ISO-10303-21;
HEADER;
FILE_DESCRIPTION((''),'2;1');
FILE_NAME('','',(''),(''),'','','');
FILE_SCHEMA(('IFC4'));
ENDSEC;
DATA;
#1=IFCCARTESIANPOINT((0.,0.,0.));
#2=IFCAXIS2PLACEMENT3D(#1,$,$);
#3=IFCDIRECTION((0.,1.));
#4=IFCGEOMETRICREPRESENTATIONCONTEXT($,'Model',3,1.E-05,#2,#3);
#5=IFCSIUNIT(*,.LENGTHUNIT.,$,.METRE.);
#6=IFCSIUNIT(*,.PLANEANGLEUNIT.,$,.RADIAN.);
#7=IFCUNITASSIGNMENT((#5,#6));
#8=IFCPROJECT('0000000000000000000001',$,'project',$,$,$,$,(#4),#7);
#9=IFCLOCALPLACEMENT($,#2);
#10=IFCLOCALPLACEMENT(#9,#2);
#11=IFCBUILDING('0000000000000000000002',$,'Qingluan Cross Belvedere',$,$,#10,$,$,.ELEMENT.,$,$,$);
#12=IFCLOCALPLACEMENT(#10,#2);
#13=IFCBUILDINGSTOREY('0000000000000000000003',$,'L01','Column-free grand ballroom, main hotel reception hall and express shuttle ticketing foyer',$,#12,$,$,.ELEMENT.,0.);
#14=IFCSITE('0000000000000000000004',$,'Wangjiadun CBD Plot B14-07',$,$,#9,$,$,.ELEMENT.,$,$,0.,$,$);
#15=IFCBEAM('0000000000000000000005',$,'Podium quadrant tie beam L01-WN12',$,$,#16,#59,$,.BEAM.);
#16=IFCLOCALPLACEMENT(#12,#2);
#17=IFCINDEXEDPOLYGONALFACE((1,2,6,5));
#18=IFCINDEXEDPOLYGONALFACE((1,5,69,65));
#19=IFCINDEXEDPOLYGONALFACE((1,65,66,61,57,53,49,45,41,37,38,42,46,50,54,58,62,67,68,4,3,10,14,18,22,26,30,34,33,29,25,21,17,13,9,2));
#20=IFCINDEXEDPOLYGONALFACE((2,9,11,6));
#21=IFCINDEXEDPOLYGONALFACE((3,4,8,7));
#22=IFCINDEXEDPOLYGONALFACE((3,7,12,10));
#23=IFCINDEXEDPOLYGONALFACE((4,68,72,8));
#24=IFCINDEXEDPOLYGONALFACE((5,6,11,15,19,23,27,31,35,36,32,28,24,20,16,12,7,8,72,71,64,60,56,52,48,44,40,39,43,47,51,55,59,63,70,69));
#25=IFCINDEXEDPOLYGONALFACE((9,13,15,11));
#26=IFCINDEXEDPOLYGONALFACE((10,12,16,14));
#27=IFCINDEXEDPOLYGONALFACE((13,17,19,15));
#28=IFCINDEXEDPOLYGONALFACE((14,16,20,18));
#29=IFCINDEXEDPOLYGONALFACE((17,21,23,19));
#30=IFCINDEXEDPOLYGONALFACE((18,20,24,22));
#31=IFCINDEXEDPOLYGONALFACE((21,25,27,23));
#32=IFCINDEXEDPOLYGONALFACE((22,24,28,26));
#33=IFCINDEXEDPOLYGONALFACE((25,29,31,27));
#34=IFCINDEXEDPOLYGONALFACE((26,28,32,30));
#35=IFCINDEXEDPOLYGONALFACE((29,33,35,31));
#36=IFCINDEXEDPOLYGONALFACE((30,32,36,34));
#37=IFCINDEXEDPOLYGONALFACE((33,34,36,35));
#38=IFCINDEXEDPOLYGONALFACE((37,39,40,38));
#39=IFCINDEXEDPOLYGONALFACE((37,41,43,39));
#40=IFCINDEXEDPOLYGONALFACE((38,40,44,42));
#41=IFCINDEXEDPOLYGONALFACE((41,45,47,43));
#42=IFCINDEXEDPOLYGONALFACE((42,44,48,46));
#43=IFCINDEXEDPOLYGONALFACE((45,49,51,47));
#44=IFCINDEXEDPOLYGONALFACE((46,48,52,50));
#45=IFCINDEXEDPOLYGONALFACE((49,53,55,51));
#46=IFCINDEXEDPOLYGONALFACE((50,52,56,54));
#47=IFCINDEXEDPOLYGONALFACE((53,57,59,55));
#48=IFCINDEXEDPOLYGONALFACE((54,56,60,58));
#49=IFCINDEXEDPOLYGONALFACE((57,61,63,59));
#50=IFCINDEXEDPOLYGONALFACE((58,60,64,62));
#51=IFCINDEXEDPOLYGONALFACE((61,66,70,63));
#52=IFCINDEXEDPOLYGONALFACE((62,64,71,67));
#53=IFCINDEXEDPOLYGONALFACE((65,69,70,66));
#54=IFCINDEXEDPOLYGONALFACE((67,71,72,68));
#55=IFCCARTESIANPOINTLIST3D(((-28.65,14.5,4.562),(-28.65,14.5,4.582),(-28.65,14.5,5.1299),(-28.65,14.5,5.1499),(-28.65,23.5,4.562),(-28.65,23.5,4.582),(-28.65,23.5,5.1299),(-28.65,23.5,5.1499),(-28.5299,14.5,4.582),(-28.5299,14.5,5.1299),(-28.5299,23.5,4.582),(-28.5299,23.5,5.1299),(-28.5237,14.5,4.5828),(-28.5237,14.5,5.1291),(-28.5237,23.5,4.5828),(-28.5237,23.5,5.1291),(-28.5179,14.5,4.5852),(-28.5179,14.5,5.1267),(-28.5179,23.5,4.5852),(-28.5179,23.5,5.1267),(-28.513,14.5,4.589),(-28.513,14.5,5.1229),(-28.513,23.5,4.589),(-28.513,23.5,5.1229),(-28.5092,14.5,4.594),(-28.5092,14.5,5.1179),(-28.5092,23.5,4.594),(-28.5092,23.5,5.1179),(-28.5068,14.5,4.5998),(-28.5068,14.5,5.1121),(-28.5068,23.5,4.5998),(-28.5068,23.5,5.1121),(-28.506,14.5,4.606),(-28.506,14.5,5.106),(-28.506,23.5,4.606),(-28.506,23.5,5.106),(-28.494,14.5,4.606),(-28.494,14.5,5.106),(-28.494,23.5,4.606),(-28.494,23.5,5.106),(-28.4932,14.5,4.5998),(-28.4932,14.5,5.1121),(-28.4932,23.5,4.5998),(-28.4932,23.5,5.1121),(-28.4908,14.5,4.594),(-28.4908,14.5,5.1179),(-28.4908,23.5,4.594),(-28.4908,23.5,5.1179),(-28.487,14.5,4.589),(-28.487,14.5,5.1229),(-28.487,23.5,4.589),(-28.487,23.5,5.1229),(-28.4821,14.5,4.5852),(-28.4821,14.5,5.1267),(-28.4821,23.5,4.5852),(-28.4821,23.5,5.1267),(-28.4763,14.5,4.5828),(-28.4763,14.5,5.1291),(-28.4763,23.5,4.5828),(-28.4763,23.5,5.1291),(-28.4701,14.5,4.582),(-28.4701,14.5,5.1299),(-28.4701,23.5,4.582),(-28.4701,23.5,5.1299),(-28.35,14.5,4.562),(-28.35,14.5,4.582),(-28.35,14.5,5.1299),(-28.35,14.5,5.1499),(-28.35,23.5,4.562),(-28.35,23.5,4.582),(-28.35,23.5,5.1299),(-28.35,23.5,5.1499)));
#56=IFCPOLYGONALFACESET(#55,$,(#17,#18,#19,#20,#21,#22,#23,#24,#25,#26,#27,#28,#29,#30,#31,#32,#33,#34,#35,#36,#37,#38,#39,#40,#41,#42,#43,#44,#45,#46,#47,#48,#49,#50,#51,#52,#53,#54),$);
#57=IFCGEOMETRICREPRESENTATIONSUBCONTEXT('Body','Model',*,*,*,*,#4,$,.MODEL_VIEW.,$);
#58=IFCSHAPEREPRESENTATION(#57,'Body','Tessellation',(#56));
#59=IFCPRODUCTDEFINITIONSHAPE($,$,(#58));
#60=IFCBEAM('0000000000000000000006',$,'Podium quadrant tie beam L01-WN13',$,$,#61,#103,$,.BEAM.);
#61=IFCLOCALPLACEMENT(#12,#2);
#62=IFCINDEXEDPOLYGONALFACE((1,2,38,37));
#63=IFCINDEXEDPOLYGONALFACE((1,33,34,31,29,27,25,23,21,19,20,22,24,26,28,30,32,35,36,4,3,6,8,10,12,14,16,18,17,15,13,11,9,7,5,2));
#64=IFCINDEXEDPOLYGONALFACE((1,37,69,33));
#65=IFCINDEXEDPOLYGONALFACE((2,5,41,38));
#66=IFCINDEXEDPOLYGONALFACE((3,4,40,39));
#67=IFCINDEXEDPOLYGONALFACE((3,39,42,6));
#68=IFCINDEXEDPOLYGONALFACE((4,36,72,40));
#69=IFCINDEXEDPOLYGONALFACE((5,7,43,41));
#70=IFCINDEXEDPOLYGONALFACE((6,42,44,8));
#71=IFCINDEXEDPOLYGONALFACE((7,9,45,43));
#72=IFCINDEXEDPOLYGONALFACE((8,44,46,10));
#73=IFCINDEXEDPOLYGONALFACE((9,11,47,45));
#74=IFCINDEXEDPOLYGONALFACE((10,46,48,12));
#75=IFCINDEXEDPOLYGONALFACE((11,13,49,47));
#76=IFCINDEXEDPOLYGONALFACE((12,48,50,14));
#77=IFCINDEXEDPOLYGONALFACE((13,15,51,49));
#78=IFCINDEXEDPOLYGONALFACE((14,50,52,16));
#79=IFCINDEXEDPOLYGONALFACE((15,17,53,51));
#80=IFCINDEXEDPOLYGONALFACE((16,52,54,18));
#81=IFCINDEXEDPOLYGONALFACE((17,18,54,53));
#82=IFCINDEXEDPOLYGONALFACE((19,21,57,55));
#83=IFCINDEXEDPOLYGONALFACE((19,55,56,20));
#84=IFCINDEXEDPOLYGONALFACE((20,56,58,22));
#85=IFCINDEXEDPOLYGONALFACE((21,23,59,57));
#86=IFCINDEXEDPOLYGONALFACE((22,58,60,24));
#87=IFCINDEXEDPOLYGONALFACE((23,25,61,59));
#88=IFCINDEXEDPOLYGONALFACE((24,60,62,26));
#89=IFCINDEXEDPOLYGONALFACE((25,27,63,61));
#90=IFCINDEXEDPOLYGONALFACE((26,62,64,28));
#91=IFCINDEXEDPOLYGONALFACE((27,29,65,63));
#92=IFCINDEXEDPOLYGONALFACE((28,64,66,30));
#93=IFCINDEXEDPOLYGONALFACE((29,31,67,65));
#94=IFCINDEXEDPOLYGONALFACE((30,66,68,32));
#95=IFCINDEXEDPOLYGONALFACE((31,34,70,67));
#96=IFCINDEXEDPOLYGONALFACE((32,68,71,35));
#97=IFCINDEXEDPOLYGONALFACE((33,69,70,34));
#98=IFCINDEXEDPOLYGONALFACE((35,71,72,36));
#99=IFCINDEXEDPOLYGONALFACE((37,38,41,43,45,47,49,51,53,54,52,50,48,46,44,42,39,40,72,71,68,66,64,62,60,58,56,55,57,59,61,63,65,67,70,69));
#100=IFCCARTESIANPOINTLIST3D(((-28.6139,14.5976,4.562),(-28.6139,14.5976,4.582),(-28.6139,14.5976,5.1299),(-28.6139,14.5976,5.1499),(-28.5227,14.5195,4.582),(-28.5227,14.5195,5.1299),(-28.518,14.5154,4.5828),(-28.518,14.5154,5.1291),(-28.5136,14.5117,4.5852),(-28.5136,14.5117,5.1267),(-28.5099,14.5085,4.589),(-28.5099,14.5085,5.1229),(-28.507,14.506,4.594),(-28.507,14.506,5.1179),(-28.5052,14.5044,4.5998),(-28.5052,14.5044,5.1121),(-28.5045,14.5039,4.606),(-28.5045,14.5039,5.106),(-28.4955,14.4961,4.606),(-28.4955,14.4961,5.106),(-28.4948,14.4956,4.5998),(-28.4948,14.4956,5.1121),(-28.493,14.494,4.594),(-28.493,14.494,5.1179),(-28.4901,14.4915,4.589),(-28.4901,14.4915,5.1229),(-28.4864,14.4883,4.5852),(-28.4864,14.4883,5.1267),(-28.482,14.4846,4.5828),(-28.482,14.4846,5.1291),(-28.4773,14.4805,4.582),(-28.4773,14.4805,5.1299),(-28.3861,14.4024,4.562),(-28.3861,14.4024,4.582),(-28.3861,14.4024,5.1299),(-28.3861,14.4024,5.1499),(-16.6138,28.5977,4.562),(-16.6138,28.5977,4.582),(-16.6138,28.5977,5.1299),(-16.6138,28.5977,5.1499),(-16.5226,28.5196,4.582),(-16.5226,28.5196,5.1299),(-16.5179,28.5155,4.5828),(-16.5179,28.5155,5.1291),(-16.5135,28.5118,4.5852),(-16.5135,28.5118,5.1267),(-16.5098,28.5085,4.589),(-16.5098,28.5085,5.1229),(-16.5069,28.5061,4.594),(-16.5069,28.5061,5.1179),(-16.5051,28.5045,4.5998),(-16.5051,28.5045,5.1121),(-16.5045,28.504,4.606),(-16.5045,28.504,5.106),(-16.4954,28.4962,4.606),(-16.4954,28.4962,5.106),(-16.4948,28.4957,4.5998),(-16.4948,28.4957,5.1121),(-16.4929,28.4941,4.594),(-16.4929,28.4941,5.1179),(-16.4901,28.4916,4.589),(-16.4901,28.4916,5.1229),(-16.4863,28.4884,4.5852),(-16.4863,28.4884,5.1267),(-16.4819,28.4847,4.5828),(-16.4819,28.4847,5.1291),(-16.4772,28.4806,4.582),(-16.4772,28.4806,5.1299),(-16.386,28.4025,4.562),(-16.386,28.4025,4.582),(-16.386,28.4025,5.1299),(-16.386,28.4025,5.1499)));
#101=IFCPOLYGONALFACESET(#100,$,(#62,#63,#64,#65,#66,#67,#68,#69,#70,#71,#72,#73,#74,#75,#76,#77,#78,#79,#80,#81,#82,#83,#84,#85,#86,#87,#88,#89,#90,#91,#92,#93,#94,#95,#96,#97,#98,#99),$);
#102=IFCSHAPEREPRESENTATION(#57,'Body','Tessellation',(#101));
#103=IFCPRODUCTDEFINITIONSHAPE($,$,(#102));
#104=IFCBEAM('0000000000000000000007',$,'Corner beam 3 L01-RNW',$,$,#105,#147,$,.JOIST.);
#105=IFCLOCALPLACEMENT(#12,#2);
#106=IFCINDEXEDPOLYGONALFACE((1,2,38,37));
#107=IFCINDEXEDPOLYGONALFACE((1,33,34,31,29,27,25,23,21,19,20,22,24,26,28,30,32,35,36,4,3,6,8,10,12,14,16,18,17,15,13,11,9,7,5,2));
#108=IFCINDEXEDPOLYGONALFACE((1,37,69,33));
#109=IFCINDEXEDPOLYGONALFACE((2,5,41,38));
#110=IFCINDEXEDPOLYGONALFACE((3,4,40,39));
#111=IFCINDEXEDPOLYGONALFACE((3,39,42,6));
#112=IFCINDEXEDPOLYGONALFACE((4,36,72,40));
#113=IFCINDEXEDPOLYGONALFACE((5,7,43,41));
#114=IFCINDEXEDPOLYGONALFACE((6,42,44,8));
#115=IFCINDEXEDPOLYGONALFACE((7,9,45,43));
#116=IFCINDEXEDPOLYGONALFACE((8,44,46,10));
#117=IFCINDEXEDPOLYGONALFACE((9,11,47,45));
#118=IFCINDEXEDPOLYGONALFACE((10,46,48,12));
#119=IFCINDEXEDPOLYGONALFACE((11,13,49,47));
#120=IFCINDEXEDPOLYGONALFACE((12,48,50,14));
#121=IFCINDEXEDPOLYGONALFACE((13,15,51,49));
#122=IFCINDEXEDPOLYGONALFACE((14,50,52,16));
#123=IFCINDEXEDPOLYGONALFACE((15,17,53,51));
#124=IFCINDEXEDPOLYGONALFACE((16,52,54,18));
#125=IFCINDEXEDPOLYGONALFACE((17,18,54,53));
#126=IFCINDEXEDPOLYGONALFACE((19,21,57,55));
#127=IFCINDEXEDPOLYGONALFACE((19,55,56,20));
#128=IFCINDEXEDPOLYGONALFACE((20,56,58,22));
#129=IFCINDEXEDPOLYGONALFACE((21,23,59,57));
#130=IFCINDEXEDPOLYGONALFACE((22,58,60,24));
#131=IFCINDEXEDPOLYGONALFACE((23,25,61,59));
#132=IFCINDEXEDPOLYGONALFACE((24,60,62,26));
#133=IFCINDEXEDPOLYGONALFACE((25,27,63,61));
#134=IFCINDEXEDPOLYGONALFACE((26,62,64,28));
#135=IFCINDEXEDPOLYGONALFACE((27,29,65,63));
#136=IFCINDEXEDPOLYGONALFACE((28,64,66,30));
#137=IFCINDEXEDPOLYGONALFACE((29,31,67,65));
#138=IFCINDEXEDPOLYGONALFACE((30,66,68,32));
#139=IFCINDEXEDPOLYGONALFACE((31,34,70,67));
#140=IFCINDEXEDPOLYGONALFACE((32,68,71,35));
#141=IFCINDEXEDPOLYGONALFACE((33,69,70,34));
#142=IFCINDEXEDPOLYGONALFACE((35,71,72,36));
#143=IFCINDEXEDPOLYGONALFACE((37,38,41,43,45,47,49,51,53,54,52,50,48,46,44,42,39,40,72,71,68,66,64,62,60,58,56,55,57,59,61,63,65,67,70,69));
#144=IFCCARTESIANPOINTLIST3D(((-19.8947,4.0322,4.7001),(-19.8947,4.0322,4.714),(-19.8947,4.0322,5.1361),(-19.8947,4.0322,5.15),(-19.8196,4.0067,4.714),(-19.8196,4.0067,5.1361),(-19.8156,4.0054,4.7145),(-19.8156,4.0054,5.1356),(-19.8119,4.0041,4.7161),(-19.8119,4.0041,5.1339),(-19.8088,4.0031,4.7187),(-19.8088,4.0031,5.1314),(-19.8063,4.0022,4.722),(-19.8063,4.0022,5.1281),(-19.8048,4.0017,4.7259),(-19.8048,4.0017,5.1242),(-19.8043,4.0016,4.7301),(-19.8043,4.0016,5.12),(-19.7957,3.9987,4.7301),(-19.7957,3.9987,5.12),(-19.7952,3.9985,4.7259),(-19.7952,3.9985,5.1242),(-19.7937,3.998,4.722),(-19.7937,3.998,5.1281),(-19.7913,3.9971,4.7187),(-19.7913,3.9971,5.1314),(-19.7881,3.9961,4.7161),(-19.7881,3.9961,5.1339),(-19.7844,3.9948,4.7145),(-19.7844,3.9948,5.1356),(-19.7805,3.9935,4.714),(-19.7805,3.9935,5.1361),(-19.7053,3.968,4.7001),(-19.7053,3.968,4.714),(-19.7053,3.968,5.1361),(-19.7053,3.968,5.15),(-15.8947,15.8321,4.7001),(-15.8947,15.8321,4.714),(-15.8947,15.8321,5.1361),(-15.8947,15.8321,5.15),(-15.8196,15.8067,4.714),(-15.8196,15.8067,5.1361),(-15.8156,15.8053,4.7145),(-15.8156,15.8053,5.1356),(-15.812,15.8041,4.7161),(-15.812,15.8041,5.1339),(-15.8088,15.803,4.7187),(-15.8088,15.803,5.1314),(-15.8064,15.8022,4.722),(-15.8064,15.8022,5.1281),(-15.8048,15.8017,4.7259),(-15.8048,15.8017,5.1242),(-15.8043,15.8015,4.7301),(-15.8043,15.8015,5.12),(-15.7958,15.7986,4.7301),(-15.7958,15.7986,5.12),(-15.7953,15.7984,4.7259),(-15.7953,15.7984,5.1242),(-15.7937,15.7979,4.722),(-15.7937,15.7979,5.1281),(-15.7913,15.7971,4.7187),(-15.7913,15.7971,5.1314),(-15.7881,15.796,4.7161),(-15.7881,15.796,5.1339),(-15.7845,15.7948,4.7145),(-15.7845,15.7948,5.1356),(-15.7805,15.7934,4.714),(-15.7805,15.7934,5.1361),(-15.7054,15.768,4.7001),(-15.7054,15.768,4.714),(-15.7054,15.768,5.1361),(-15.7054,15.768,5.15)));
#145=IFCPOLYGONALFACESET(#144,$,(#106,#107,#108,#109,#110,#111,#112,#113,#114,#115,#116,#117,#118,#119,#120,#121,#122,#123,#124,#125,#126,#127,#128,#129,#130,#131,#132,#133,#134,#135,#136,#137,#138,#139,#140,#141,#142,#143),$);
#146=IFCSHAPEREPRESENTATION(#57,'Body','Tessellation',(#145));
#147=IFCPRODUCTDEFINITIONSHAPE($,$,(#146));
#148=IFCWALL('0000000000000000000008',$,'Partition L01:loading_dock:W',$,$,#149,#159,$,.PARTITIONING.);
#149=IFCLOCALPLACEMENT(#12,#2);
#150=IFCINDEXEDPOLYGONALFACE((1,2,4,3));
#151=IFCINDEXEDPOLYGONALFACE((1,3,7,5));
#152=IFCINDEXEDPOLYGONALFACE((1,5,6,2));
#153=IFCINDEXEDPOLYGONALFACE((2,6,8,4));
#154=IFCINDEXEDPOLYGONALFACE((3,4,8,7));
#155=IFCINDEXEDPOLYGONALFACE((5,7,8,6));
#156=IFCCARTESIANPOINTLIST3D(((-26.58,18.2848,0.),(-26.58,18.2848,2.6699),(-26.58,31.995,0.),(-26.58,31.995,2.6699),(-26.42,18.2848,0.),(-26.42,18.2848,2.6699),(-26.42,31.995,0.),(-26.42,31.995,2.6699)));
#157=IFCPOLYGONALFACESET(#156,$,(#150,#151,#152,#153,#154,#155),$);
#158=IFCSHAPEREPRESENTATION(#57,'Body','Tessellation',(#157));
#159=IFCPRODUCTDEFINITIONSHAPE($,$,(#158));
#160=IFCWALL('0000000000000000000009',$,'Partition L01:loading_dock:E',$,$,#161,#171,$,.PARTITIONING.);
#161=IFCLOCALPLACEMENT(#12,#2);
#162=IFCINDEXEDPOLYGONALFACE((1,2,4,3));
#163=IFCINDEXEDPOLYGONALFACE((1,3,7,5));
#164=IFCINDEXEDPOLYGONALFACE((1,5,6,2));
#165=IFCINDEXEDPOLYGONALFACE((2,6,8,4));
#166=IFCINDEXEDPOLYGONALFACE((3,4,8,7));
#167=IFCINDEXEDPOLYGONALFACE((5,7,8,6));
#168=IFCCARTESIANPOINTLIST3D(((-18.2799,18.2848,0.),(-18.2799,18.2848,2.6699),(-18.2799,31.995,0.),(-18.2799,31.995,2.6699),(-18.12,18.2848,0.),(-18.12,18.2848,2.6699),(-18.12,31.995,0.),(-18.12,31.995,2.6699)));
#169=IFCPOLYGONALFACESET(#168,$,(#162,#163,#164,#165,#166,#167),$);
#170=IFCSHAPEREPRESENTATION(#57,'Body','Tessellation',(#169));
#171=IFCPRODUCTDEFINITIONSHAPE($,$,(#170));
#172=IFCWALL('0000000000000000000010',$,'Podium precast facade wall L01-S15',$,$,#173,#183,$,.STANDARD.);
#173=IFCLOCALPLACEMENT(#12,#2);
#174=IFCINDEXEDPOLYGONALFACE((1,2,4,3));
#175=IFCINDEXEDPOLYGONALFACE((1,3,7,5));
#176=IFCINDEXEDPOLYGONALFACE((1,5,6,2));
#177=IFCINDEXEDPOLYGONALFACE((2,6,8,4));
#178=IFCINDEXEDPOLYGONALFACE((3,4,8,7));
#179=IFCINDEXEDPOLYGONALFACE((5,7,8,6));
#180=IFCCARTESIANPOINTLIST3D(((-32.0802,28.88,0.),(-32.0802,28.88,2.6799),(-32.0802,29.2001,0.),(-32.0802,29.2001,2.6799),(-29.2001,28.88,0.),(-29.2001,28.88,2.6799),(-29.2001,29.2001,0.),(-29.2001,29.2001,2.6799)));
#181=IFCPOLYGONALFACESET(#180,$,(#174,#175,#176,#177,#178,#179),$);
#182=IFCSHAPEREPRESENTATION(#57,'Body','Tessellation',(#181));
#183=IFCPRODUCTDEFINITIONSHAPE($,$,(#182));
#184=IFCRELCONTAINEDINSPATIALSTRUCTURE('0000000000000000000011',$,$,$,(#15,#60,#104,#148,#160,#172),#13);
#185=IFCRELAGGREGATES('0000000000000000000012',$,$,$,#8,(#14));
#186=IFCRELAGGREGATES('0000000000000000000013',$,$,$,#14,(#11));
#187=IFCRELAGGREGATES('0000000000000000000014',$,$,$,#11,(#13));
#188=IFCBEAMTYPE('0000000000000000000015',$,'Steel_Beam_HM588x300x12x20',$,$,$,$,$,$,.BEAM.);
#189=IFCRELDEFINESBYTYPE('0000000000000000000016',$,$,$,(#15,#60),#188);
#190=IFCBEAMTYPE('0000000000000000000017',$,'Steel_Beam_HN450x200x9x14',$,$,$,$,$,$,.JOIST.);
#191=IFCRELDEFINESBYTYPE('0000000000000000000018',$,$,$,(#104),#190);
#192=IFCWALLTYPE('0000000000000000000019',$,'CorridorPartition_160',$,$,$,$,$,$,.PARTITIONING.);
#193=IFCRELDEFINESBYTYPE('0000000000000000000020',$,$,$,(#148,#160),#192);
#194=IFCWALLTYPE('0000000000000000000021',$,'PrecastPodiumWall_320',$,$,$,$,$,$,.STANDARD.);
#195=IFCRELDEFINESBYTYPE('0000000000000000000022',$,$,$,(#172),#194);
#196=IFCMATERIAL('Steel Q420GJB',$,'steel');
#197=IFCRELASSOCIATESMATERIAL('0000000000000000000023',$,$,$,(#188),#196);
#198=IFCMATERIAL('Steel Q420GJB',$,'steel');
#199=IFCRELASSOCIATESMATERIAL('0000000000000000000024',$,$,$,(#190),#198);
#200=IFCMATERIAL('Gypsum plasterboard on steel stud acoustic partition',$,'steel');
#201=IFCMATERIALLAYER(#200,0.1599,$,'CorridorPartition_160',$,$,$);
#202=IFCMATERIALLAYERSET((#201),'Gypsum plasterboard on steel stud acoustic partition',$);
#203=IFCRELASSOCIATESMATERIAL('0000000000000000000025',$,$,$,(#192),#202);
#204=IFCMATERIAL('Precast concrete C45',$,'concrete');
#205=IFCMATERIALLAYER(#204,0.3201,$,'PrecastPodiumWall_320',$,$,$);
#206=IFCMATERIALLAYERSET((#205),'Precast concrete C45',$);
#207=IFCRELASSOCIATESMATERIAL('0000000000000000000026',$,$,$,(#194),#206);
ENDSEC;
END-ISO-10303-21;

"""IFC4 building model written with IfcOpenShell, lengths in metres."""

from ifc_helpers import new_model, si_unit, direction, frame, frame_2d, origin, origin_2d, place, context, subcontext, project, spatial, rectangle, i_section, extrude, material, layer, layer_set, material_profile, profile_set, type_object, element, save


model = new_model("IFC4")

# Units and contexts
model_context = context("Model", 3, precision=1e-05, world=origin(), true_north=direction((0.0, 1.0)))
body_context = subcontext(model_context, "Body", "Model", "MODEL_VIEW")
ifc_project = project(units=[si_unit("LENGTHUNIT", "METRE"), si_unit("PLANEANGLEUNIT", "RADIAN")], contexts=[model_context])

# Site, building, storey
site_placement = place(None, origin())
site = spatial("IfcSite", under=ifc_project, at=site_placement, Name="Wangjiadun CBD Plot B14-07", CompositionType="ELEMENT", RefElevation=0.0)
building_placement = place(site_placement, origin())
building = spatial("IfcBuilding", under=site, at=building_placement, Name="Qingluan Cross Belvedere", CompositionType="ELEMENT")
storey_placement = place(building_placement, origin())
storey = spatial("IfcBuildingStorey", under=building, at=storey_placement, Name="L01", Description="Column-free grand ballroom, main hotel reception hall and express shuttle ticketing foyer", CompositionType="ELEMENT", Elevation=0.0)

# Beams
ifc_material_1 = material(Name="Steel Q420GJB", Category="steel")
ifc_material_profile_1 = material_profile(ifc_material_1, i_section(OverallWidth=0.3, OverallDepth=0.5879, WebThickness=0.012, FlangeThickness=0.02, FilletRadius=0.0239, at=origin_2d()), Name="HM588x300x12x20")
ifc_profile_set_1 = profile_set([ifc_material_profile_1], Name="Steel Q420GJB")
beam_type_1 = type_object("IfcBeamType", Name="Steel_Beam_HM588x300x12x20", PredefinedType="BEAM", material=ifc_profile_set_1)
beam_1_placement = place(storey_placement, frame((-28.5, 14.5, 4.856), z_axis=(0.0, 1.0, 0.0), x_axis=(-1.0, 0.0, 0.0)))
element("IfcBeam", 1, at=beam_1_placement, inside=storey, type_object=beam_type_1, Name="Podium quadrant tie beam L01-WN12", PredefinedType="BEAM", context=body_context, shape_type="SweptSolid", body=[
    extrude(i_section(OverallWidth=0.3, OverallDepth=0.5879, WebThickness=0.012, FlangeThickness=0.02, FilletRadius=0.0239, at=origin_2d()), origin(), (0.0, 0.0, 1.0), 9.0),
])
beam_2_placement = place(storey_placement, frame((-28.5, 14.5, 4.856), z_axis=(0.650791, 0.759257, 0.0), x_axis=(-0.759257, 0.650791, 0.0)))
element("IfcBeam", 2, at=beam_2_placement, inside=storey, type_object=beam_type_1, Name="Podium quadrant tie beam L01-WN13", PredefinedType="BEAM", context=body_context, shape_type="SweptSolid", body=[
    extrude(i_section(OverallWidth=0.3, OverallDepth=0.5879, WebThickness=0.012, FlangeThickness=0.02, FilletRadius=0.0239, at=origin_2d()), origin(), (0.0, 0.0, 1.0), 18.4392),
])
ifc_material_2 = material(Name="Steel Q420GJB", Category="steel")
ifc_material_profile_2 = material_profile(ifc_material_2, i_section(OverallWidth=0.2, OverallDepth=0.45, WebThickness=0.009, FlangeThickness=0.0139, FilletRadius=0.0161, at=origin_2d()), Name="HN450x200x9x14")
ifc_profile_set_2 = profile_set([ifc_material_profile_2], Name="Steel Q420GJB")
beam_type_2 = type_object("IfcBeamType", Name="Steel_Beam_HN450x200x9x14", PredefinedType="JOIST", material=ifc_profile_set_2)
beam_3_placement = place(storey_placement, frame((-15.8, 15.8, 4.925), z_axis=(-0.321038, -0.947066, 0.0), x_axis=(0.947066, -0.321038, 0.0)))
element("IfcBeam", 3, at=beam_3_placement, inside=storey, type_object=beam_type_2, Name="Corner beam 3 L01-RNW", PredefinedType="JOIST", context=body_context, shape_type="SweptSolid", body=[
    extrude(i_section(OverallWidth=0.2, OverallDepth=0.45, WebThickness=0.009, FlangeThickness=0.0139, FilletRadius=0.0161, at=origin_2d()), origin(), (0.0, 0.0, 1.0), 12.4595),
])

# Shared definitions
ifc_material_3 = material(Name="Gypsum plasterboard on steel stud acoustic partition", Category="steel")
ifc_layer_1 = layer(ifc_material_3, 0.1599, Name="CorridorPartition_160")
ifc_layer_set_1 = layer_set([ifc_layer_1], Name="Gypsum plasterboard on steel stud acoustic partition")
wall_type_1 = type_object("IfcWallType", Name="CorridorPartition_160", PredefinedType="PARTITIONING", material=ifc_layer_set_1)

# Walls
for number, where, z_axis, x_axis, name in (
    (4, (-26.5, 18.2849, 0.0), (0.0, 0.0, 1.0), (0.0, 1.0, 0.0), "Partition L01:loading_dock:W"),
    (5, (-18.2, 18.2849, 0.0), (0.0, 0.0, 1.0), (0.0, 1.0, 0.0), "Partition L01:loading_dock:E"),
):
    element("IfcWall", number, at=place(storey_placement, frame(where, z_axis=z_axis, x_axis=x_axis)), inside=storey, type_object=wall_type_1, Name=name, PredefinedType="PARTITIONING", context=body_context, shape_type="SweptSolid", body=[
        extrude(rectangle(XDim=13.7102, YDim=0.1599, at=frame_2d((6.855, 0.0))), origin(), (0.0, 0.0, 1.0), 2.6699),
    ])

# Shared definitions
ifc_material_4 = material(Name="Precast concrete C45", Category="concrete")
ifc_layer_2 = layer(ifc_material_4, 0.3201, Name="PrecastPodiumWall_320")
ifc_layer_set_2 = layer_set([ifc_layer_2], Name="Precast concrete C45")
wall_type_2 = type_object("IfcWallType", Name="PrecastPodiumWall_320", PredefinedType="STANDARD", material=ifc_layer_set_2)

# Wall
wall_1_placement = place(storey_placement, frame((-32.0801, 29.04, 0.0), z_axis=(0.0, 0.0, 1.0), x_axis=(1.0, 0.0, 0.0)))
element("IfcWall", 6, at=wall_1_placement, inside=storey, type_object=wall_type_2, Name="Podium precast facade wall L01-S15", PredefinedType="STANDARD", context=body_context, shape_type="SweptSolid", body=[
    extrude(rectangle(XDim=2.8801, YDim=0.3201, at=frame_2d((1.4399, 0.0))), origin(), (0.0, 0.0, 1.0), 2.6799),
])

save(model, "model.ifc")
